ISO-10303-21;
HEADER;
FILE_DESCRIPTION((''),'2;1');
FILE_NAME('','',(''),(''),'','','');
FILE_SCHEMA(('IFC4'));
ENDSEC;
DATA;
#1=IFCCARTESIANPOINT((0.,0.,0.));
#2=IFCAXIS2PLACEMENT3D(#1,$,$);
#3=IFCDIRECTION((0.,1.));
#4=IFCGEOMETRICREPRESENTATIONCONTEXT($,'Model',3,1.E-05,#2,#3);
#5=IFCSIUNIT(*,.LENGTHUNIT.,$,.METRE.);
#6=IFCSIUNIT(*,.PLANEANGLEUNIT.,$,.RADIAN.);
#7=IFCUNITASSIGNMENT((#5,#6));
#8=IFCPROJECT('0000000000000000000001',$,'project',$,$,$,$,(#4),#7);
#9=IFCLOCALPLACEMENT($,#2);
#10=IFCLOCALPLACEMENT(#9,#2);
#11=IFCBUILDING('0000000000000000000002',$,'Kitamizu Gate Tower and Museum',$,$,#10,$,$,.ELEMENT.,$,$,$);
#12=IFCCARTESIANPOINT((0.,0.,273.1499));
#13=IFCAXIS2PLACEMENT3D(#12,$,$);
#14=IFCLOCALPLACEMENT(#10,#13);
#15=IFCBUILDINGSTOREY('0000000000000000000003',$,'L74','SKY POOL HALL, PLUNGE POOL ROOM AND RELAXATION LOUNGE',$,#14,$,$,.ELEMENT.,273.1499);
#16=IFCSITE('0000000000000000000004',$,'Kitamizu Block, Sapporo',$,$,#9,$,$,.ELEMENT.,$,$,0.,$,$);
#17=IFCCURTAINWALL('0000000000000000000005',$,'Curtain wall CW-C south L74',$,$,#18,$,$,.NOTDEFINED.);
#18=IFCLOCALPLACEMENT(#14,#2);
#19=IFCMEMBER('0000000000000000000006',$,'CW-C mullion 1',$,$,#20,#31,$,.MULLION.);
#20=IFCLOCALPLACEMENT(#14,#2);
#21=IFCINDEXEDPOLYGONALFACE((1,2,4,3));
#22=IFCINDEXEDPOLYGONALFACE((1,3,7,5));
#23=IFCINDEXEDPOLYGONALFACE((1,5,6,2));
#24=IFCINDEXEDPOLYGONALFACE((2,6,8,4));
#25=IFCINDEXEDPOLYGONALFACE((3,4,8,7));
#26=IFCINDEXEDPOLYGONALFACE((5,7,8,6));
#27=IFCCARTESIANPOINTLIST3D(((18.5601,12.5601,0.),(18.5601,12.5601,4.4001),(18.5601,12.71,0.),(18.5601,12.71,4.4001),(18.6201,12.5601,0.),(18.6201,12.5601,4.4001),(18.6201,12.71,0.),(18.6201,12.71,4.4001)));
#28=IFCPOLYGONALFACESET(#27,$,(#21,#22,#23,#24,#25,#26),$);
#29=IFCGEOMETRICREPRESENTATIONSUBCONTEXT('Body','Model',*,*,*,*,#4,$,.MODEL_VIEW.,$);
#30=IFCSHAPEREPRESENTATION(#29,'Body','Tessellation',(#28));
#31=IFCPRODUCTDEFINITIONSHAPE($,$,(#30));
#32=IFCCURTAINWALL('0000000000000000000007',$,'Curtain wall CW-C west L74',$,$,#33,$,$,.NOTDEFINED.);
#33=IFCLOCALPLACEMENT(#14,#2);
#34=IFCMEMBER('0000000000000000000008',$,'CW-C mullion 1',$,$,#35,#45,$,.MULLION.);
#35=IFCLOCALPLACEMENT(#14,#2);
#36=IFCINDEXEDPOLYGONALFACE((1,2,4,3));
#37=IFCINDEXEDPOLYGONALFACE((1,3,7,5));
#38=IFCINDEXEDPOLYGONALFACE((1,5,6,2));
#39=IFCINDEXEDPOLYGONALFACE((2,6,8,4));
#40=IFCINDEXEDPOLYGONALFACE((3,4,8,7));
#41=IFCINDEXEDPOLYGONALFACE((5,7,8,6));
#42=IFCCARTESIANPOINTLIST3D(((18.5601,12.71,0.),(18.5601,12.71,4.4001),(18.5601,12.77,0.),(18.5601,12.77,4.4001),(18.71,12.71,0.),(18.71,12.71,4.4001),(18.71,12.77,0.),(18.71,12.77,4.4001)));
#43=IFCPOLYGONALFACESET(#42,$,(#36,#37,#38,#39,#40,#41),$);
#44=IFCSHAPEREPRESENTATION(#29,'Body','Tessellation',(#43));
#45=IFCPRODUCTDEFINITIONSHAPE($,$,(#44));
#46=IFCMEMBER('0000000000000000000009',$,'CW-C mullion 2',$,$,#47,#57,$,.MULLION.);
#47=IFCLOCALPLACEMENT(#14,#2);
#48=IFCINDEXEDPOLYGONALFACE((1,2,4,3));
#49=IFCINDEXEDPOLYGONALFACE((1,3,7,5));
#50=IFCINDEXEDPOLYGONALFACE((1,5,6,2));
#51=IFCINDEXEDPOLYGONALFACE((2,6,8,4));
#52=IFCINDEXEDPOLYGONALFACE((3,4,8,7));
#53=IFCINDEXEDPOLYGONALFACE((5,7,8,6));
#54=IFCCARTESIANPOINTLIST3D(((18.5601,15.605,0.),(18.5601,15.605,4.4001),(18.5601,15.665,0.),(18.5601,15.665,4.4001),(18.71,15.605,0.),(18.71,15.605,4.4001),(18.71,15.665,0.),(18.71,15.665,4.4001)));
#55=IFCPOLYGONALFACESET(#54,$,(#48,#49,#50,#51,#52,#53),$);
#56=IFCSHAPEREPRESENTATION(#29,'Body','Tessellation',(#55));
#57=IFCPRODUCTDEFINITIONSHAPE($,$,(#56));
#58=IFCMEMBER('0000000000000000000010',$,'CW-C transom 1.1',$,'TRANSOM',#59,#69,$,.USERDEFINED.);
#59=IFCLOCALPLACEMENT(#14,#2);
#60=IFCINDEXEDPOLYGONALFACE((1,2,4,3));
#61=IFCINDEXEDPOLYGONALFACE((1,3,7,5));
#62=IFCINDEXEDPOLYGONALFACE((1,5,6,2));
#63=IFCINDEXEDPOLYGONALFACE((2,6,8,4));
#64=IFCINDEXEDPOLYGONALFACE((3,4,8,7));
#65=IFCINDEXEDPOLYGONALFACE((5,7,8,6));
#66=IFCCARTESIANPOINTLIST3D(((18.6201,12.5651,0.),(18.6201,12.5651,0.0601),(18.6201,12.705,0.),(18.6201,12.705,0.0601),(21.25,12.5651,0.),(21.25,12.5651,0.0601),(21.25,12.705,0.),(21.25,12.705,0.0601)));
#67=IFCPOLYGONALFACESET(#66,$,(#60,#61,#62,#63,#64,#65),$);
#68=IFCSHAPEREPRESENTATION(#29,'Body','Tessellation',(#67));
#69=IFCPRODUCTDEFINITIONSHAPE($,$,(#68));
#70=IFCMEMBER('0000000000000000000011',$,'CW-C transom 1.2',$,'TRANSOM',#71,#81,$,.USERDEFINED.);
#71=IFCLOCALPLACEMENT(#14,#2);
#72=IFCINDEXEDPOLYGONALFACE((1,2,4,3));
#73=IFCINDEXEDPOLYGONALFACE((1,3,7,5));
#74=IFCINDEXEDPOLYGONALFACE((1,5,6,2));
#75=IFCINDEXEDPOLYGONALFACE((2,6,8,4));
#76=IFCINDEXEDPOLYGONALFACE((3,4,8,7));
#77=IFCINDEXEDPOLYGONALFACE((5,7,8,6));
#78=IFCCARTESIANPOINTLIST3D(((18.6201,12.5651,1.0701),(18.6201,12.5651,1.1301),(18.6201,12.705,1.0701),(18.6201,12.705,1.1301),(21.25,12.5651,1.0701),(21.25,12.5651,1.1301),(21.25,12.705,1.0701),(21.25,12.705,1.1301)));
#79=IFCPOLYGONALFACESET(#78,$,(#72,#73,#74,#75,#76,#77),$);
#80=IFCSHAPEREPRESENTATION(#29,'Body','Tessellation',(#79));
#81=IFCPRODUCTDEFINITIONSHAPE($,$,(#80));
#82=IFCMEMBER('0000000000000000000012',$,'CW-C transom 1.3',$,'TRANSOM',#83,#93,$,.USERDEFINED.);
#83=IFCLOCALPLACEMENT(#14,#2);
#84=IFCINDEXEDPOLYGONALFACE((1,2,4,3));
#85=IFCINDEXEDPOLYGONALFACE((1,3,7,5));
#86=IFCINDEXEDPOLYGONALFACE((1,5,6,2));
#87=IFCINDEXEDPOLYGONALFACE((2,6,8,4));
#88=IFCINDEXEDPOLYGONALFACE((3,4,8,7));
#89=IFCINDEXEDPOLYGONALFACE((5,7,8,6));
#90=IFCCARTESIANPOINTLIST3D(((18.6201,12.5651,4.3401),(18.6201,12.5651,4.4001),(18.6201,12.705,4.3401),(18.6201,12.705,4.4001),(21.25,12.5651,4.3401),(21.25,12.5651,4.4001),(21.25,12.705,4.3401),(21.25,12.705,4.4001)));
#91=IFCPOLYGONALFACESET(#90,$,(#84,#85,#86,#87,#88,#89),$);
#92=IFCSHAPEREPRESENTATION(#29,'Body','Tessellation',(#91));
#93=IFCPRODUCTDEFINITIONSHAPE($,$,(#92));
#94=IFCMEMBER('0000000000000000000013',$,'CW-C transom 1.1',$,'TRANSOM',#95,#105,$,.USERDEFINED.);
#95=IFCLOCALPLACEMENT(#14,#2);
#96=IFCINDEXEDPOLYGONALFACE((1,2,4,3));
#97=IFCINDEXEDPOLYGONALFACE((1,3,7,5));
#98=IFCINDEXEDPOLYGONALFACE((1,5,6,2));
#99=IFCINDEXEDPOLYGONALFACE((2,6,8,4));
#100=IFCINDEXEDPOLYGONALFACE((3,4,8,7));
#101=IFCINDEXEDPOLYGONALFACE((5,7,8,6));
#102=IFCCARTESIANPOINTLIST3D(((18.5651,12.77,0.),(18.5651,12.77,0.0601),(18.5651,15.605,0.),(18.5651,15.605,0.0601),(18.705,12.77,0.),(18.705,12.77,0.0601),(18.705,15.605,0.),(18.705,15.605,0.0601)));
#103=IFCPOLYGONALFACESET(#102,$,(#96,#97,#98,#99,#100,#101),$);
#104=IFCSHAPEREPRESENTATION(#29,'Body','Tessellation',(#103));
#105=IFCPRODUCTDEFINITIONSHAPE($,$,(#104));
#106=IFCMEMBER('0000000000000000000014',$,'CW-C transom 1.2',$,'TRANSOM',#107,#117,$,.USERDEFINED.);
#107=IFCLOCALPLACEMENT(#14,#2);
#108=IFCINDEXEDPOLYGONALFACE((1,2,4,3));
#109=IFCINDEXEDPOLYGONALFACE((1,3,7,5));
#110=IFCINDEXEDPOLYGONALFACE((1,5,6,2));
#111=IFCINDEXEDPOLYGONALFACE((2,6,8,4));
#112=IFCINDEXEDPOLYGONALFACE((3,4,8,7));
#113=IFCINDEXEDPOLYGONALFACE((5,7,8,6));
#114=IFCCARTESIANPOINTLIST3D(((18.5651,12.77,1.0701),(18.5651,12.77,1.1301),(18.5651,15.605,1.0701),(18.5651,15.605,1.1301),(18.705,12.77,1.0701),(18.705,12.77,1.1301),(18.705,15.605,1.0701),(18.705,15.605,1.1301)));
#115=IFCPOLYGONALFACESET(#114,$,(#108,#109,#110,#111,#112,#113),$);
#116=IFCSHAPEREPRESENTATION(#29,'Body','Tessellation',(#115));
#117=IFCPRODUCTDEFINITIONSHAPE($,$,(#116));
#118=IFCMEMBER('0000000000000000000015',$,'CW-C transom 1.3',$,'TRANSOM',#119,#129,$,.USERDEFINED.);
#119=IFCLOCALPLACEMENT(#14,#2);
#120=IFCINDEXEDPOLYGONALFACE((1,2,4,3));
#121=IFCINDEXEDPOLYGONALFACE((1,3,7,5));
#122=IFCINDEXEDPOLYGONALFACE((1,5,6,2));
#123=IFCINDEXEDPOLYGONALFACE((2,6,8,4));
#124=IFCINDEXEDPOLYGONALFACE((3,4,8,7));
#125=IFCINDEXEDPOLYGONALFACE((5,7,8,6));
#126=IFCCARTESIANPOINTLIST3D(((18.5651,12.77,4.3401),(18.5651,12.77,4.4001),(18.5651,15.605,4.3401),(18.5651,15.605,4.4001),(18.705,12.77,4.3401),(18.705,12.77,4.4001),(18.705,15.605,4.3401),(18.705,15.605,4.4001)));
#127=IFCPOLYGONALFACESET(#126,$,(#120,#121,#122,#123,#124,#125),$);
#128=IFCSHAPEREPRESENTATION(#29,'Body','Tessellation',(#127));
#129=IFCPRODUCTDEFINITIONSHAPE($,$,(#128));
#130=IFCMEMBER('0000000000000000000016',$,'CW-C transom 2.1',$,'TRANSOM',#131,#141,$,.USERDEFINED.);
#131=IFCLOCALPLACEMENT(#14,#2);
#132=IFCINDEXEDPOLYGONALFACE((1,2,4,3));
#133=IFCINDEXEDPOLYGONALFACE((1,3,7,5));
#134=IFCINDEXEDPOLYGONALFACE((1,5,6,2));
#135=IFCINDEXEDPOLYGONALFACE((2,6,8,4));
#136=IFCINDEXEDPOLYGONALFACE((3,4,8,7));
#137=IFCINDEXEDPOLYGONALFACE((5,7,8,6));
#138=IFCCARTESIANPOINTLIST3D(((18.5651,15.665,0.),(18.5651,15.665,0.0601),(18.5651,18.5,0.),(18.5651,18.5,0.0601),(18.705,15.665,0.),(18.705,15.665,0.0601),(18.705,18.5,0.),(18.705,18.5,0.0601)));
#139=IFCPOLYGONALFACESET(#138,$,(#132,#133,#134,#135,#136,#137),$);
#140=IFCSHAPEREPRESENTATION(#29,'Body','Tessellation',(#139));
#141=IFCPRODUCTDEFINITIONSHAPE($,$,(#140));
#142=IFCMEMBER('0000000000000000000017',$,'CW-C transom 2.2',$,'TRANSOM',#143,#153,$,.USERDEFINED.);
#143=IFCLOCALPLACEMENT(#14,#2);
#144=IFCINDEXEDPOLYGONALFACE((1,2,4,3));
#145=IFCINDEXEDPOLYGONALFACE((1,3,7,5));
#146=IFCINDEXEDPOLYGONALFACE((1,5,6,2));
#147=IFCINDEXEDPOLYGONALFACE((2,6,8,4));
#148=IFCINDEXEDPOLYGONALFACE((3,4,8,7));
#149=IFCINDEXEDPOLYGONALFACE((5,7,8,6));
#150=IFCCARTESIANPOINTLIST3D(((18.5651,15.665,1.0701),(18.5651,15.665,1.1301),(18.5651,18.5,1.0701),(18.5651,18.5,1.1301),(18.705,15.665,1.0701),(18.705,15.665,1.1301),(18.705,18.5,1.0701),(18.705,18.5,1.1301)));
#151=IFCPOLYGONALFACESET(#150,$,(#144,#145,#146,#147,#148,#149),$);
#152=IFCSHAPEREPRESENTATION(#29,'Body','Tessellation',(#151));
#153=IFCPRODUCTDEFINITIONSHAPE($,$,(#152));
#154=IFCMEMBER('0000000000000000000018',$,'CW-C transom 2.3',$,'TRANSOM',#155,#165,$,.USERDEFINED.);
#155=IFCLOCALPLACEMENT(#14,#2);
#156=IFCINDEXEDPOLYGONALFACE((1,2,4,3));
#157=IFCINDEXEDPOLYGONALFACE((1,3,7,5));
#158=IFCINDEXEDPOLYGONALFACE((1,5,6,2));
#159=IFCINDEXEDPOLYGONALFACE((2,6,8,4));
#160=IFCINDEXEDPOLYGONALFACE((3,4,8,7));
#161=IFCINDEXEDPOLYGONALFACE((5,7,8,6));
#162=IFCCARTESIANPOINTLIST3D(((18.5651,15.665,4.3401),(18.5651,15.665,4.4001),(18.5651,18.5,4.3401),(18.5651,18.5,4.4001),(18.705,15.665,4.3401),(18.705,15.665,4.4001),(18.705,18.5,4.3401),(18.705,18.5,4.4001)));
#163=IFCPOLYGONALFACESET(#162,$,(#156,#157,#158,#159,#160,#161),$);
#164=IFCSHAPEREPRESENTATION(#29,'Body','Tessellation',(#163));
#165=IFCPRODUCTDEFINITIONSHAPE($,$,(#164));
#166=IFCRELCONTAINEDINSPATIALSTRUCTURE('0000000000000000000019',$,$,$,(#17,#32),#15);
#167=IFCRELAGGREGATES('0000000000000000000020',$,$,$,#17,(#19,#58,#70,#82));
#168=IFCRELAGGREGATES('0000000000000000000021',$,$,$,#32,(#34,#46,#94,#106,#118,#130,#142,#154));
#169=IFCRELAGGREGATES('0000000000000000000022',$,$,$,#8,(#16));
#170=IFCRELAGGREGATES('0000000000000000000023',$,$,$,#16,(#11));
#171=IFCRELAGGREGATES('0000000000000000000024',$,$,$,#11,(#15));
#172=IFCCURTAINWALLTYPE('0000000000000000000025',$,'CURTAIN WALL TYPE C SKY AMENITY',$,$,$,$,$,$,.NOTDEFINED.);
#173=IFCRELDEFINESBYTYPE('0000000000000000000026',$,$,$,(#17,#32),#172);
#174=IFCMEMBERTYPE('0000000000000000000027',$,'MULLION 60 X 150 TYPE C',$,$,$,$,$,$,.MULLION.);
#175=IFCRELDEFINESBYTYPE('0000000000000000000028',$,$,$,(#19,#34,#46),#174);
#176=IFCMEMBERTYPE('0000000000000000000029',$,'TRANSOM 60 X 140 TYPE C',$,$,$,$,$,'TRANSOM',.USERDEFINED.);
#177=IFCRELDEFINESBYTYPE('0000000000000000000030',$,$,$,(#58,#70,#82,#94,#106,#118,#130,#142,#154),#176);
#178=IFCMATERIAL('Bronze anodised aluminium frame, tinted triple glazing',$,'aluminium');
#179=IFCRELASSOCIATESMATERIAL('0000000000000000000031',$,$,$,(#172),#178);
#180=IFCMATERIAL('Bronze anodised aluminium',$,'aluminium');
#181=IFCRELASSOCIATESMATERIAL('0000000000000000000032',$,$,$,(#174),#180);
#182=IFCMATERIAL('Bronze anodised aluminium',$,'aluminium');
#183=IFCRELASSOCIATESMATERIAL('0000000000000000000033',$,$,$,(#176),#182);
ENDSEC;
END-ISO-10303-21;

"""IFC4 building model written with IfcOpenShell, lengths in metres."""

from ifc_helpers import new_model, si_unit, direction, frame, origin, origin_2d, place, context, subcontext, project, spatial, rectangle, extrude, material, material_profile, profile_set, type_object, element, aggregate, save


model = new_model("IFC4")

# Units and contexts
model_context = context("Model", 3, precision=1e-05, world=origin(), true_north=direction((0.0, 1.0)))
body_context = subcontext(model_context, "Body", "Model", "MODEL_VIEW")
ifc_project = project(units=[si_unit("LENGTHUNIT", "METRE"), si_unit("PLANEANGLEUNIT", "RADIAN")], contexts=[model_context])

# Site, building, storey
site_placement = place(None, origin())
site = spatial("IfcSite", under=ifc_project, at=site_placement, Name="Kitamizu Block, Sapporo", CompositionType="ELEMENT", RefElevation=0.0)
building_placement = place(site_placement, origin())
building = spatial("IfcBuilding", under=site, at=building_placement, Name="Kitamizu Gate Tower and Museum", CompositionType="ELEMENT")
storey_placement = place(building_placement, frame((0.0, 0.0, 273.1499)))
storey = spatial("IfcBuildingStorey", under=building, at=storey_placement, Name="L74", Description="SKY POOL HALL, PLUNGE POOL ROOM AND RELAXATION LOUNGE", CompositionType="ELEMENT", Elevation=273.1499)

# Curtain wall, member
ifc_material_1 = material(Name="Bronze anodised aluminium frame, tinted triple glazing", Category="aluminium")
curtain_wall_type = type_object("IfcCurtainWallType", Name="CURTAIN WALL TYPE C SKY AMENITY", PredefinedType="NOTDEFINED", material=ifc_material_1)
curtain_wall_1_placement = place(storey_placement, origin())
curtain_wall_1 = element("IfcCurtainWall", 1, at=curtain_wall_1_placement, inside=storey, type_object=curtain_wall_type, Name="Curtain wall CW-C south L74", PredefinedType="NOTDEFINED")
ifc_material_2 = material(Name="Bronze anodised aluminium", Category="aluminium")
ifc_material_profile_1 = material_profile(ifc_material_2, rectangle(XDim=0.0601, YDim=0.1499, at=origin_2d()), Name="AL 60X150")
ifc_profile_set_1 = profile_set([ifc_material_profile_1], Name="Bronze anodised aluminium")
member_type_1 = type_object("IfcMemberType", Name="MULLION 60 X 150 TYPE C", PredefinedType="MULLION", material=ifc_profile_set_1)
member_1_placement = place(storey_placement, frame((18.5901, 12.635, 0.0), z_axis=(0.0, 0.0, 1.0), x_axis=(1.0, 0.0, 0.0)))
member_1 = element("IfcMember", 2, at=member_1_placement, type_object=member_type_1, Name="CW-C mullion 1", PredefinedType="MULLION", context=body_context, shape_type="SweptSolid", body=[
    extrude(rectangle(XDim=0.0601, YDim=0.1499, at=origin_2d()), origin(), (0.0, 0.0, 1.0), 4.4001),
])

# Curtain wall, members
curtain_wall_2_placement = place(storey_placement, origin())
curtain_wall_2 = element("IfcCurtainWall", 3, at=curtain_wall_2_placement, inside=storey, type_object=curtain_wall_type, Name="Curtain wall CW-C west L74", PredefinedType="NOTDEFINED")
member_2_placement = place(storey_placement, frame((18.635, 12.74, 0.0), z_axis=(0.0, 0.0, 1.0), x_axis=(0.0, 1.0, 0.0)))
member_2 = element("IfcMember", 4, at=member_2_placement, type_object=member_type_1, Name="CW-C mullion 1", PredefinedType="MULLION", context=body_context, shape_type="SweptSolid", body=[
    extrude(rectangle(XDim=0.0601, YDim=0.1499, at=origin_2d()), origin(), (0.0, 0.0, 1.0), 4.4001),
])
member_3_placement = place(storey_placement, frame((18.635, 15.635, 0.0), z_axis=(0.0, 0.0, 1.0), x_axis=(0.0, 1.0, 0.0)))
member_3 = element("IfcMember", 5, at=member_3_placement, type_object=member_type_1, Name="CW-C mullion 2", PredefinedType="MULLION", context=body_context, shape_type="SweptSolid", body=[
    extrude(rectangle(XDim=0.0601, YDim=0.1499, at=origin_2d()), origin(), (0.0, 0.0, 1.0), 4.4001),
])

# Members
ifc_material_3 = material(Name="Bronze anodised aluminium", Category="aluminium")
ifc_material_profile_2 = material_profile(ifc_material_3, rectangle(XDim=0.1399, YDim=0.0601, at=origin_2d()), Name="AL 60X140")
ifc_profile_set_2 = profile_set([ifc_material_profile_2], Name="Bronze anodised aluminium")
member_type_2 = type_object("IfcMemberType", Name="TRANSOM 60 X 140 TYPE C", ElementType="TRANSOM", PredefinedType="USERDEFINED", material=ifc_profile_set_2)
member_4_placement = place(storey_placement, frame((18.6201, 12.635, 0.03), z_axis=(1.0, 0.0, 0.0), x_axis=(0.0, 1.0, 0.0)))
member_4 = element("IfcMember", 6, at=member_4_placement, type_object=member_type_2, Name="CW-C transom 1.1", ObjectType="TRANSOM", PredefinedType="USERDEFINED", context=body_context, shape_type="SweptSolid", body=[
    extrude(rectangle(XDim=0.1399, YDim=0.0601, at=origin_2d()), origin(), (0.0, 0.0, 1.0), 2.6299),
])
member_5_placement = place(storey_placement, frame((18.6201, 12.635, 1.1001), z_axis=(1.0, 0.0, 0.0), x_axis=(0.0, 1.0, 0.0)))
member_5 = element("IfcMember", 7, at=member_5_placement, type_object=member_type_2, Name="CW-C transom 1.2", ObjectType="TRANSOM", PredefinedType="USERDEFINED", context=body_context, shape_type="SweptSolid", body=[
    extrude(rectangle(XDim=0.1399, YDim=0.0601, at=origin_2d()), origin(), (0.0, 0.0, 1.0), 2.6299),
])
member_6_placement = place(storey_placement, frame((18.6201, 12.635, 4.3701), z_axis=(1.0, 0.0, 0.0), x_axis=(0.0, 1.0, 0.0)))
member_6 = element("IfcMember", 8, at=member_6_placement, type_object=member_type_2, Name="CW-C transom 1.3", ObjectType="TRANSOM", PredefinedType="USERDEFINED", context=body_context, shape_type="SweptSolid", body=[
    extrude(rectangle(XDim=0.1399, YDim=0.0601, at=origin_2d()), origin(), (0.0, 0.0, 1.0), 2.6299),
])
aggregate(curtain_wall_1, [member_1, member_4, member_5, member_6])
member_7_placement = place(storey_placement, frame((18.635, 12.77, 0.03), z_axis=(0.0, 1.0, 0.0), x_axis=(-1.0, 0.0, 0.0)))
member_7 = element("IfcMember", 9, at=member_7_placement, type_object=member_type_2, Name="CW-C transom 1.1", ObjectType="TRANSOM", PredefinedType="USERDEFINED", context=body_context, shape_type="SweptSolid", body=[
    extrude(rectangle(XDim=0.1399, YDim=0.0601, at=origin_2d()), origin(), (0.0, 0.0, 1.0), 2.835),
])
member_8_placement = place(storey_placement, frame((18.635, 12.77, 1.1001), z_axis=(0.0, 1.0, 0.0), x_axis=(-1.0, 0.0, 0.0)))
member_8 = element("IfcMember", 10, at=member_8_placement, type_object=member_type_2, Name="CW-C transom 1.2", ObjectType="TRANSOM", PredefinedType="USERDEFINED", context=body_context, shape_type="SweptSolid", body=[
    extrude(rectangle(XDim=0.1399, YDim=0.0601, at=origin_2d()), origin(), (0.0, 0.0, 1.0), 2.835),
])
member_9_placement = place(storey_placement, frame((18.635, 12.77, 4.3701), z_axis=(0.0, 1.0, 0.0), x_axis=(-1.0, 0.0, 0.0)))
member_9 = element("IfcMember", 11, at=member_9_placement, type_object=member_type_2, Name="CW-C transom 1.3", ObjectType="TRANSOM", PredefinedType="USERDEFINED", context=body_context, shape_type="SweptSolid", body=[
    extrude(rectangle(XDim=0.1399, YDim=0.0601, at=origin_2d()), origin(), (0.0, 0.0, 1.0), 2.835),
])
member_10_placement = place(storey_placement, frame((18.635, 15.665, 0.03), z_axis=(0.0, 1.0, 0.0), x_axis=(-1.0, 0.0, 0.0)))
member_10 = element("IfcMember", 12, at=member_10_placement, type_object=member_type_2, Name="CW-C transom 2.1", ObjectType="TRANSOM", PredefinedType="USERDEFINED", context=body_context, shape_type="SweptSolid", body=[
    extrude(rectangle(XDim=0.1399, YDim=0.0601, at=origin_2d()), origin(), (0.0, 0.0, 1.0), 2.835),
])
member_11_placement = place(storey_placement, frame((18.635, 15.665, 1.1001), z_axis=(0.0, 1.0, 0.0), x_axis=(-1.0, 0.0, 0.0)))
member_11 = element("IfcMember", 13, at=member_11_placement, type_object=member_type_2, Name="CW-C transom 2.2", ObjectType="TRANSOM", PredefinedType="USERDEFINED", context=body_context, shape_type="SweptSolid", body=[
    extrude(rectangle(XDim=0.1399, YDim=0.0601, at=origin_2d()), origin(), (0.0, 0.0, 1.0), 2.835),
])
member_12_placement = place(storey_placement, frame((18.635, 15.665, 4.3701), z_axis=(0.0, 1.0, 0.0), x_axis=(-1.0, 0.0, 0.0)))
member_12 = element("IfcMember", 14, at=member_12_placement, type_object=member_type_2, Name="CW-C transom 2.3", ObjectType="TRANSOM", PredefinedType="USERDEFINED", context=body_context, shape_type="SweptSolid", body=[
    extrude(rectangle(XDim=0.1399, YDim=0.0601, at=origin_2d()), origin(), (0.0, 0.0, 1.0), 2.835),
])

aggregate(curtain_wall_2, [member_2, member_3, member_7, member_8, member_9, member_10, member_11, member_12])

save(model, "model.ifc")
